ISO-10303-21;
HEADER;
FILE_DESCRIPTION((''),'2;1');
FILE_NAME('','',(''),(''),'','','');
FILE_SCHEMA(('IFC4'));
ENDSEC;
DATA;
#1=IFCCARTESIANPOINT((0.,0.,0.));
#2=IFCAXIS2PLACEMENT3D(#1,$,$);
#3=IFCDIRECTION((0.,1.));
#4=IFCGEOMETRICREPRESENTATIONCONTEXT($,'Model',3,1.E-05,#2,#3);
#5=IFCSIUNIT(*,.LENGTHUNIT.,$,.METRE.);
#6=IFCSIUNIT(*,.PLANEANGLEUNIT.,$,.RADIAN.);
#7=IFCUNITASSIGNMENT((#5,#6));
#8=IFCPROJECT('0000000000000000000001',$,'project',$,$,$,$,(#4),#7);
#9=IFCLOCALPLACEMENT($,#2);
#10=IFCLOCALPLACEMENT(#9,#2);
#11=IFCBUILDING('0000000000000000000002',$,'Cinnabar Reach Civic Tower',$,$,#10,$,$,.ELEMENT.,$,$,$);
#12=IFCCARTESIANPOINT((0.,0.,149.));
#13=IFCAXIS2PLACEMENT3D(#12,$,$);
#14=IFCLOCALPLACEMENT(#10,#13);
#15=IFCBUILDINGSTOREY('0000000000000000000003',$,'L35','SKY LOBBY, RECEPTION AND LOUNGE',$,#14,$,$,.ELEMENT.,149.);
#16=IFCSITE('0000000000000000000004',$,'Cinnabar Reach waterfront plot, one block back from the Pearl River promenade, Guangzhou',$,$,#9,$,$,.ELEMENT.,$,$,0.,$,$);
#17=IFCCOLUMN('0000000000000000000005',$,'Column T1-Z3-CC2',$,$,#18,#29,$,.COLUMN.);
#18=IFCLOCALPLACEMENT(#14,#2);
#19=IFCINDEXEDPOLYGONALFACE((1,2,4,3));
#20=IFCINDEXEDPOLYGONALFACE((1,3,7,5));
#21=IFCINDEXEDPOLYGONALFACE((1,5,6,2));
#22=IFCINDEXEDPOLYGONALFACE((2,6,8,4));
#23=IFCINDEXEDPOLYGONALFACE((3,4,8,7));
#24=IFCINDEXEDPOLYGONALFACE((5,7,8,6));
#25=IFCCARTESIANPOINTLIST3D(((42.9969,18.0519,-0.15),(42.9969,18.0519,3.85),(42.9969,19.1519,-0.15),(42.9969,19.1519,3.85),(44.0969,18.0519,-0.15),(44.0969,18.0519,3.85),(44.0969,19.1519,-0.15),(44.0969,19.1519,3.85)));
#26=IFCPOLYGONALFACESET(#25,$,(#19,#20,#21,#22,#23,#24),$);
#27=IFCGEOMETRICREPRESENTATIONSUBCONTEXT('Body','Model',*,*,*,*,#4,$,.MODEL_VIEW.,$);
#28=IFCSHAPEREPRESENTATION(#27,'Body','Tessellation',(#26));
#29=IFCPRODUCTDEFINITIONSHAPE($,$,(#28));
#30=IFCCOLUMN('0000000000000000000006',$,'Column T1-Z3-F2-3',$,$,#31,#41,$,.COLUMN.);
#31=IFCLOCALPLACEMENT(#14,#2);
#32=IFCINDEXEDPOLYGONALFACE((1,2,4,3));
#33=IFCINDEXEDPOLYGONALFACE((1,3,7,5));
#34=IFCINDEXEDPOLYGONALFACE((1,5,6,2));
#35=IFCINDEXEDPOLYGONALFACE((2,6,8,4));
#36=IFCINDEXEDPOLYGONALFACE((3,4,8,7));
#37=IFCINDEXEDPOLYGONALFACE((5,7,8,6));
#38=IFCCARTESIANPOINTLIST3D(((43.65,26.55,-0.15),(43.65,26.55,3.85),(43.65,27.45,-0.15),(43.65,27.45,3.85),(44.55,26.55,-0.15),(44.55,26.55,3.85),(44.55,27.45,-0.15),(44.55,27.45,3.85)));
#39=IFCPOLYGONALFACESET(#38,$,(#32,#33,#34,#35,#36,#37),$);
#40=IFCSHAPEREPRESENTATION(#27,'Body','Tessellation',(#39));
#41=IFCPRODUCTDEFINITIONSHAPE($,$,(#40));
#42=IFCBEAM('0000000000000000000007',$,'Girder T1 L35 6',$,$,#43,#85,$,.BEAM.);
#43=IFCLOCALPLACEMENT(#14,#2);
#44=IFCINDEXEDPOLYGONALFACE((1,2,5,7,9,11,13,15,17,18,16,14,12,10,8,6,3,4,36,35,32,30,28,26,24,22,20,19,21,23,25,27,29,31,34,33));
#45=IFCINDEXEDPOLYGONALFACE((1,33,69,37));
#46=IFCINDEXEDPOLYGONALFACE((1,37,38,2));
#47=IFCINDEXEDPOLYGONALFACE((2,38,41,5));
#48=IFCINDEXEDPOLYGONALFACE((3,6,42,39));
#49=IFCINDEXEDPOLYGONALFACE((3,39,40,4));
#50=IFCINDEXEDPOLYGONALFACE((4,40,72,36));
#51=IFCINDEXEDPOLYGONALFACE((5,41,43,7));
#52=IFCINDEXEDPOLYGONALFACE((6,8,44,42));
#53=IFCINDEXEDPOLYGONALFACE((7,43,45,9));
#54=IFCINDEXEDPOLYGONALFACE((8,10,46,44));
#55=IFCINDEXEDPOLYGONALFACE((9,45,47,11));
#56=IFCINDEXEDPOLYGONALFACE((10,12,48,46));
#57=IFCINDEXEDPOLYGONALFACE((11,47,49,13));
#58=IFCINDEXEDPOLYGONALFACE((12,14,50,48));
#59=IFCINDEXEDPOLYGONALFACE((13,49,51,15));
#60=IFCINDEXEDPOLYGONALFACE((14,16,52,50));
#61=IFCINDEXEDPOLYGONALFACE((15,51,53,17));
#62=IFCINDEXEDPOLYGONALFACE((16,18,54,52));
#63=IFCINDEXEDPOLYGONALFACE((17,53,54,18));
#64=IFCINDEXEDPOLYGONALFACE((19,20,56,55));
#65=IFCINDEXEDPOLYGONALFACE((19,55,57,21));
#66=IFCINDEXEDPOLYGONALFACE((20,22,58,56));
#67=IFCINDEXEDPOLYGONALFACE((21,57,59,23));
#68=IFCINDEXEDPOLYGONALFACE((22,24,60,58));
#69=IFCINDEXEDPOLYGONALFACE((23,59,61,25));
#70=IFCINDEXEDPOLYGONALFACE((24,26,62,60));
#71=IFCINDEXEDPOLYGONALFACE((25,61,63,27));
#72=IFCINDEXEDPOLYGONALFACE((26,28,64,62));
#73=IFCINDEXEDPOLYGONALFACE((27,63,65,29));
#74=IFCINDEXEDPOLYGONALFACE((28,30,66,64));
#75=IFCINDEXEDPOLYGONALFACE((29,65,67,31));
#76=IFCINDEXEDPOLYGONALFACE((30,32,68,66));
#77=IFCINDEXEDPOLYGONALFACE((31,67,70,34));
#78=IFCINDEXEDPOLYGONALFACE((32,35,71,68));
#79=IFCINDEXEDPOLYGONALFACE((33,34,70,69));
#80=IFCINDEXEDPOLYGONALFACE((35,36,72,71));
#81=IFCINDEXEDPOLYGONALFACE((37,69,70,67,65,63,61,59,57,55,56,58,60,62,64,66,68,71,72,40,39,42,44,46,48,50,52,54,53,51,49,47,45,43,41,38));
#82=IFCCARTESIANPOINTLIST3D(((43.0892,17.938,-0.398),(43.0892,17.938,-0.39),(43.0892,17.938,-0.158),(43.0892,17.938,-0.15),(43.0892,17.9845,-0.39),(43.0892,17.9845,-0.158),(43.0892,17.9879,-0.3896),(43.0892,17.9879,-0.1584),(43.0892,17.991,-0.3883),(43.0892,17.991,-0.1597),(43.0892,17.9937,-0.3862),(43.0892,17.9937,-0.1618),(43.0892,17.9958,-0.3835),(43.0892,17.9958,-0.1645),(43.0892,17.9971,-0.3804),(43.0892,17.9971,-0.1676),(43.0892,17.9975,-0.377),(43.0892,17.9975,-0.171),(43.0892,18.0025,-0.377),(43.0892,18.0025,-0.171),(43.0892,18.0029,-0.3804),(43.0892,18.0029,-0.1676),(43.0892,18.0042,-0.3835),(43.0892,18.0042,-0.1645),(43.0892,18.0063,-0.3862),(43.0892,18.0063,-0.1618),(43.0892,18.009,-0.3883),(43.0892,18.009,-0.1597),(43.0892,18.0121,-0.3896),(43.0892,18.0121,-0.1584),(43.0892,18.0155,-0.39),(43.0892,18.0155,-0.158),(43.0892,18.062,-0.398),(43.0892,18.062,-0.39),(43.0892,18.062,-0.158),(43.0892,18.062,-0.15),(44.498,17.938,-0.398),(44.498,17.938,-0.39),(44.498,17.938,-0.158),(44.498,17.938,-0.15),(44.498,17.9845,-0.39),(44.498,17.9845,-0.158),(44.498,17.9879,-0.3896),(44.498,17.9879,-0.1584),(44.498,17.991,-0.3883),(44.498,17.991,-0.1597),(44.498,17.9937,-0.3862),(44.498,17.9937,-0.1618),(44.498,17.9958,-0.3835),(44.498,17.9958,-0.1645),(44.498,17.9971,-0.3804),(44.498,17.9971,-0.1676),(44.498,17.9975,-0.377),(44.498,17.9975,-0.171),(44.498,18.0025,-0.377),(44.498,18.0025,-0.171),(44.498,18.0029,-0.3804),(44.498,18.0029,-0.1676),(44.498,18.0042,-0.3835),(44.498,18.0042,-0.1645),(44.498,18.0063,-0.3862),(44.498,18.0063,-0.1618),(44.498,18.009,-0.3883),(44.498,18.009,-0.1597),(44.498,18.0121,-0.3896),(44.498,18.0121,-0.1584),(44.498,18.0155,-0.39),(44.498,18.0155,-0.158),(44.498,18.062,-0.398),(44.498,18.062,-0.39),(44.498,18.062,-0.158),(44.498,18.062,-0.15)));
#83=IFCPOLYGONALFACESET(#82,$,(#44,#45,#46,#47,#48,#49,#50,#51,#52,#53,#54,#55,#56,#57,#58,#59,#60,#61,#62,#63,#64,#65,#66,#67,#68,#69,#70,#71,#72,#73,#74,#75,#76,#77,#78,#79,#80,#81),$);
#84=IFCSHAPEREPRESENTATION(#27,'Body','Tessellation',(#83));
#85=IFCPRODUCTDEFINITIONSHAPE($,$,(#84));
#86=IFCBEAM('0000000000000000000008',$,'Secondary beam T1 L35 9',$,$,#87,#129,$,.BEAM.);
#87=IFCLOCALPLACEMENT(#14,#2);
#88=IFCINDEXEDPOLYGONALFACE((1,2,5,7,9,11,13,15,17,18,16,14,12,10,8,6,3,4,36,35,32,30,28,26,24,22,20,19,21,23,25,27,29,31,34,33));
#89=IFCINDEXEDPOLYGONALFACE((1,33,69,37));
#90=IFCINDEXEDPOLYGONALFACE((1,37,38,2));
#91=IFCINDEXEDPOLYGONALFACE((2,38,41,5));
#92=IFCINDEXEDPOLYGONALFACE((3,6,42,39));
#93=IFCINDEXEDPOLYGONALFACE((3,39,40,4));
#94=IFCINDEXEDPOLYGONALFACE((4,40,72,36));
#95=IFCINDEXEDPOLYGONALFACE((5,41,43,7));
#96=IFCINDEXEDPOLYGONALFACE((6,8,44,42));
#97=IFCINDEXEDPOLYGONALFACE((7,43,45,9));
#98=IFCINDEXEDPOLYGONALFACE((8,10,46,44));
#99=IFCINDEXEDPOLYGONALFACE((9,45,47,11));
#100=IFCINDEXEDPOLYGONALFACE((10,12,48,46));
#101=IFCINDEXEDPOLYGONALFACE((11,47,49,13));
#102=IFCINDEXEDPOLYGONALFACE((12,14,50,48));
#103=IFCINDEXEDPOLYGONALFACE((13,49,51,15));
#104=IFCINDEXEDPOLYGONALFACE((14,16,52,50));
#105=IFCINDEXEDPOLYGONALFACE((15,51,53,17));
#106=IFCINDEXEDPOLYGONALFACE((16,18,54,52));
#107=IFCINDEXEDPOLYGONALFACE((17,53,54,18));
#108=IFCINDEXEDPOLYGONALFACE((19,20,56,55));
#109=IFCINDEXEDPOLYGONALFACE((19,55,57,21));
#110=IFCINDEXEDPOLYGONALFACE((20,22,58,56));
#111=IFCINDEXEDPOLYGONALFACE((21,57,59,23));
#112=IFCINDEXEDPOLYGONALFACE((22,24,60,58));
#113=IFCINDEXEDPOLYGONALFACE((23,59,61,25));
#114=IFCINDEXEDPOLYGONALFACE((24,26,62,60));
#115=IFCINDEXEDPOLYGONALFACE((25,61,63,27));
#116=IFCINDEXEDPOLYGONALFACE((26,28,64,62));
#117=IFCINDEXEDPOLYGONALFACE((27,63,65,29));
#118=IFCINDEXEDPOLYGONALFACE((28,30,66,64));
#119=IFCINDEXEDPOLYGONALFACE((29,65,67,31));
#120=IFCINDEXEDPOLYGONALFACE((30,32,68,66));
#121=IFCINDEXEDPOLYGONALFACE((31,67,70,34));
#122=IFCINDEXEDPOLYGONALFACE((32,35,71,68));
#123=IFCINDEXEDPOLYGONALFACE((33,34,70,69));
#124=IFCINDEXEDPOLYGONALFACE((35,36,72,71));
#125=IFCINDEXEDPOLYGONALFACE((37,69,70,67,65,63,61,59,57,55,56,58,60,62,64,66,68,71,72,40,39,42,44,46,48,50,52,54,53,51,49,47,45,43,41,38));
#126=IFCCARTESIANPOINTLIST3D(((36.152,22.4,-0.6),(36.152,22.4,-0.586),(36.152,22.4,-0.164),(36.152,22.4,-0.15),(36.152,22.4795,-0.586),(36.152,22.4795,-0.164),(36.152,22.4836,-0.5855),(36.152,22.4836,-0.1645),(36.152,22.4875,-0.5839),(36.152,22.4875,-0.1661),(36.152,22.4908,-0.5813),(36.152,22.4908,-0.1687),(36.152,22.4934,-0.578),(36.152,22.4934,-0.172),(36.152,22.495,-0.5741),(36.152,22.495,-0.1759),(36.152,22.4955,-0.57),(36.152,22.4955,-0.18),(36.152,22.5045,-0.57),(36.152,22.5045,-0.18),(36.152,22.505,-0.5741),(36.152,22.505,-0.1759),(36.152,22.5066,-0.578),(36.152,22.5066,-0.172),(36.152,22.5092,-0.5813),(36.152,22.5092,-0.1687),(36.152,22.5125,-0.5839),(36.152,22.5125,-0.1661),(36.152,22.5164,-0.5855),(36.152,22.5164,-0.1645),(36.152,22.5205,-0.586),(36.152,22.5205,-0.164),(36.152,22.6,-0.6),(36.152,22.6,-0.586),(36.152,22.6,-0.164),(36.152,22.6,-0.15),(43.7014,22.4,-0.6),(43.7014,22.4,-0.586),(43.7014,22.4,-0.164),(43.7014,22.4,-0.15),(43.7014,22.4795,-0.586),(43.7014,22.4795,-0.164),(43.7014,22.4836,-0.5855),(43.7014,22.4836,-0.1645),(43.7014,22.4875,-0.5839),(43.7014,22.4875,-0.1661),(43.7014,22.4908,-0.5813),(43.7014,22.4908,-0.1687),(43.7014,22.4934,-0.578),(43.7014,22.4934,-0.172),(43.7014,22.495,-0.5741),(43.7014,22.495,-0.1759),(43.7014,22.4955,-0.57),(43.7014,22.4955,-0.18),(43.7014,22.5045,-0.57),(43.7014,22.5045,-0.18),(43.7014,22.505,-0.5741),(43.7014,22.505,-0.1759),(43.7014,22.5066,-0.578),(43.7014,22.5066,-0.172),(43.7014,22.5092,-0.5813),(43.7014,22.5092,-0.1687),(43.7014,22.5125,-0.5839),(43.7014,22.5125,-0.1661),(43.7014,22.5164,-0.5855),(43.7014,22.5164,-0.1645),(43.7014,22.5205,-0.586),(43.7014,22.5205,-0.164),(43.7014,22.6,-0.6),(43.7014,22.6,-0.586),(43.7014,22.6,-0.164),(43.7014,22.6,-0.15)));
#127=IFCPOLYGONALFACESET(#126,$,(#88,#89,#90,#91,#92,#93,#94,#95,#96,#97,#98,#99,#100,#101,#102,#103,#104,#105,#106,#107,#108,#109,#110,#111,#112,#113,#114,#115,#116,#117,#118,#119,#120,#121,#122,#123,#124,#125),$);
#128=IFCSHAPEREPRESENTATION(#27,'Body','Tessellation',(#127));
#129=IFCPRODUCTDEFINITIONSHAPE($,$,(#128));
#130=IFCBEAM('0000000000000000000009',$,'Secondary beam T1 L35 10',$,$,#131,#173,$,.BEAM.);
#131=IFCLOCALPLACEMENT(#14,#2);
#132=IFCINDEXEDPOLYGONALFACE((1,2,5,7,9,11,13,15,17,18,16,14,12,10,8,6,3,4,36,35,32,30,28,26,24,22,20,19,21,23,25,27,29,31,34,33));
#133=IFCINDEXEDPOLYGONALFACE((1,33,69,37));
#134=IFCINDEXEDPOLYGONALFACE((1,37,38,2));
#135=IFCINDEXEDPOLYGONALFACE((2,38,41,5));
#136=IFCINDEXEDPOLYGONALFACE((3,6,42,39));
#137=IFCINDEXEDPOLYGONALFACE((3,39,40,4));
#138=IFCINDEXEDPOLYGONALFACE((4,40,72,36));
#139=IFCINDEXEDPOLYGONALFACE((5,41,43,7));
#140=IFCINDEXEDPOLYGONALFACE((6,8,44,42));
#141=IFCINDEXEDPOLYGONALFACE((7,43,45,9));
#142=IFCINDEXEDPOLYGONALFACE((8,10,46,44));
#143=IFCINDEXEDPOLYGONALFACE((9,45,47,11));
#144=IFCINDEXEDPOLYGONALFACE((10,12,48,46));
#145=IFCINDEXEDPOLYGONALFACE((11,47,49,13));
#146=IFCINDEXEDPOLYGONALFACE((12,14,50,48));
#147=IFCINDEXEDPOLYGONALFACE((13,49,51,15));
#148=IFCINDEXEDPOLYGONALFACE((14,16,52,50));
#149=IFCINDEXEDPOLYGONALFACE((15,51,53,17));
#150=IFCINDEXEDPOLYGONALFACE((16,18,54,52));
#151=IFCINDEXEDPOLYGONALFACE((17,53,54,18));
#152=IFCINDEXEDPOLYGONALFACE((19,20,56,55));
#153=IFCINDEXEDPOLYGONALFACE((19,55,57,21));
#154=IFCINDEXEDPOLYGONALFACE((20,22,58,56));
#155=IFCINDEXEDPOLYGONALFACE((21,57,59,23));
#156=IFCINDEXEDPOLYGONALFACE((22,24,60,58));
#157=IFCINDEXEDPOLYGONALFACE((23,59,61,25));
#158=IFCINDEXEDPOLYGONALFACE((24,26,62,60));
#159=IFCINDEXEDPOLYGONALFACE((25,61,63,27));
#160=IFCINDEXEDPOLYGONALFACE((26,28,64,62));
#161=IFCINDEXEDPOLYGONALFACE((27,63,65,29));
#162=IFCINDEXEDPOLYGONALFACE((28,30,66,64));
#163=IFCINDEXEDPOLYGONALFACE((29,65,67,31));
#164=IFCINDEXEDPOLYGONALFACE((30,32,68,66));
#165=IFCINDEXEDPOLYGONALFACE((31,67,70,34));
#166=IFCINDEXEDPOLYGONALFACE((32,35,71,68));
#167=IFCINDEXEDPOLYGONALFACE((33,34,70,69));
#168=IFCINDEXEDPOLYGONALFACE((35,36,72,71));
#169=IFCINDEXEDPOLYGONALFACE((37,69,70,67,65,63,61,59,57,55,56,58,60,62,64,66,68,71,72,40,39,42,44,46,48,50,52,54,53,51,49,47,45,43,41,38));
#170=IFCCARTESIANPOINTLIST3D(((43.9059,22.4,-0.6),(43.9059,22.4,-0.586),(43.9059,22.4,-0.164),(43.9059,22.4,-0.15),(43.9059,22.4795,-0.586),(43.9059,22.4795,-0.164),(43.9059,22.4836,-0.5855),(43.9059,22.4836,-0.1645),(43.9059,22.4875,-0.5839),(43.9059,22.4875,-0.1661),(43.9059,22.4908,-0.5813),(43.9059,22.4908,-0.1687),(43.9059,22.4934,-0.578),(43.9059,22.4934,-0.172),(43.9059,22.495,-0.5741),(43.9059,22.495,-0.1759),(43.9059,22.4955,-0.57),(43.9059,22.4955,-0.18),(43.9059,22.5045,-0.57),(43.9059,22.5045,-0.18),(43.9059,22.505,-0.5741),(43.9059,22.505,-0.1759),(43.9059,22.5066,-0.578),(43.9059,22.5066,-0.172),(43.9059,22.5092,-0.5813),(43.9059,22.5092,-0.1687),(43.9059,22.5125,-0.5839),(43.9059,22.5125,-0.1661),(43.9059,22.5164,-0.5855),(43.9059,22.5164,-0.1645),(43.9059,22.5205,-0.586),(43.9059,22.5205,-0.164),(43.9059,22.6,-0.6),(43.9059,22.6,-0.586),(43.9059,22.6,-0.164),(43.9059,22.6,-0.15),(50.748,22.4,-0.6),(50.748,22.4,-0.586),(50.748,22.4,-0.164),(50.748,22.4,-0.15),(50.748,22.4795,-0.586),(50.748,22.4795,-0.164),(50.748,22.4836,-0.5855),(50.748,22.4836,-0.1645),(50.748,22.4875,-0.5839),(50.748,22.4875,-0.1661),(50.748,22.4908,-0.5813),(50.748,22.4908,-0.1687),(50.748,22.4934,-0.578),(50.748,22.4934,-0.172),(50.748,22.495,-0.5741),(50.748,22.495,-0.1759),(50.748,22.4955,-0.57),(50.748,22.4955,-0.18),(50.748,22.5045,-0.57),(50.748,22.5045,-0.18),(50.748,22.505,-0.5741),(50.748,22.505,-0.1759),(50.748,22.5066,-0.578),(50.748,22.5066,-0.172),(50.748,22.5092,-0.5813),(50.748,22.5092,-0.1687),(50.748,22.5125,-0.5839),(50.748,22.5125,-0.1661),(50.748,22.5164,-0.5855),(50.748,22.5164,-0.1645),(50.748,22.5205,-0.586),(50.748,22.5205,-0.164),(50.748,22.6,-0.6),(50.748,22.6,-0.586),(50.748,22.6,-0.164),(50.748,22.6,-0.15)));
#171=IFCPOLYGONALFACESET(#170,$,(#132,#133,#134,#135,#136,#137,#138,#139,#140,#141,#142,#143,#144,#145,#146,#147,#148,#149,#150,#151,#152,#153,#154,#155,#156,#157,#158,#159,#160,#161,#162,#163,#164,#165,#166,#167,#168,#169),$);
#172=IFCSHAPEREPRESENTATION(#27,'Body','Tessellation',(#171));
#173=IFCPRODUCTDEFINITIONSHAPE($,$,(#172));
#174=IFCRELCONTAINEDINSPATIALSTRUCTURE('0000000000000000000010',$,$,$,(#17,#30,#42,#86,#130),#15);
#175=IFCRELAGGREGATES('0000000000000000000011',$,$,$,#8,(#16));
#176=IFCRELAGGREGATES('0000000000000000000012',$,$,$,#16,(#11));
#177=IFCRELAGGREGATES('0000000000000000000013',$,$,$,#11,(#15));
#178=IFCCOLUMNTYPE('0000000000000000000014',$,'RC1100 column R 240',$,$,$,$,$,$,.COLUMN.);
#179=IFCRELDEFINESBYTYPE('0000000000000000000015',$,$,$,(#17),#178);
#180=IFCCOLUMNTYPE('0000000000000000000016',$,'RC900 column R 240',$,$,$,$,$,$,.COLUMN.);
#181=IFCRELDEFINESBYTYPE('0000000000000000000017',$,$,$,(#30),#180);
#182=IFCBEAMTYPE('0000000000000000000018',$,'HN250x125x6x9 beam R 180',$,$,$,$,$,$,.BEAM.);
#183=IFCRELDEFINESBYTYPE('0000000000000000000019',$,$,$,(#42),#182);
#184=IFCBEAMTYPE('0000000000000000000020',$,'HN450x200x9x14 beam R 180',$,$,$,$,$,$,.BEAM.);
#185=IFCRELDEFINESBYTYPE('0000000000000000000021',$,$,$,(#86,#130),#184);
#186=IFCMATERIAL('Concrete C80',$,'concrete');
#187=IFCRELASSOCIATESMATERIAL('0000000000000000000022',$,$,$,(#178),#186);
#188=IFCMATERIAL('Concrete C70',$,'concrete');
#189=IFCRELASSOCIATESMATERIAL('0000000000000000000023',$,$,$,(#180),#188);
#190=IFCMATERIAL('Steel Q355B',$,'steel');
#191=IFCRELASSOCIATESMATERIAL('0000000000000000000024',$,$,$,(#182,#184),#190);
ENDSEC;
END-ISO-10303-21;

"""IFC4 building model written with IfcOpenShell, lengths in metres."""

from ifc_helpers import new_model, si_unit, direction, frame, origin, origin_2d, place, context, subcontext, project, spatial, rectangle, i_section, extrude, material, material_profile, profile_set, type_object, element, save


model = new_model("IFC4")

# Units and contexts
model_context = context("Model", 3, precision=1e-05, world=origin(), true_north=direction((0.0, 1.0)))
body_context = subcontext(model_context, "Body", "Model", "MODEL_VIEW")
ifc_project = project(units=[si_unit("LENGTHUNIT", "METRE"), si_unit("PLANEANGLEUNIT", "RADIAN")], contexts=[model_context])

# Site, building, storey
site_placement = place(None, origin())
site = spatial("IfcSite", under=ifc_project, at=site_placement, Name="Cinnabar Reach waterfront plot, one block back from the Pearl River promenade, Guangzhou", CompositionType="ELEMENT", RefElevation=0.0)
building_placement = place(site_placement, origin())
building = spatial("IfcBuilding", under=site, at=building_placement, Name="Cinnabar Reach Civic Tower", CompositionType="ELEMENT")
storey_placement = place(building_placement, frame((0.0, 0.0, 149.0)))
storey = spatial("IfcBuildingStorey", under=building, at=storey_placement, Name="L35", Description="SKY LOBBY, RECEPTION AND LOUNGE", CompositionType="ELEMENT", Elevation=149.0)

# Columns
ifc_material_1 = material(Name="Concrete C80", Category="concrete")
ifc_material_profile_1 = material_profile(ifc_material_1, rectangle(XDim=1.1, YDim=1.1, at=origin_2d()), Name="RC1100")
ifc_profile_set_1 = profile_set([ifc_material_profile_1], Name="Concrete C80")
column_type_1 = type_object("IfcColumnType", Name="RC1100 column R 240", PredefinedType="COLUMN", material=ifc_profile_set_1)
column_1_placement = place(storey_placement, frame((43.5469, 18.6019, -0.15), z_axis=(0.0, 0.0, 1.0), x_axis=(1.0, 0.0, 0.0)))
element("IfcColumn", 1, at=column_1_placement, inside=storey, type_object=column_type_1, Name="Column T1-Z3-CC2", PredefinedType="COLUMN", context=body_context, shape_type="SweptSolid", body=[
    extrude(rectangle(XDim=1.1, YDim=1.1, at=origin_2d()), origin(), (0.0, 0.0, 1.0), 4.0),
])
ifc_material_2 = material(Name="Concrete C70", Category="concrete")
ifc_material_profile_2 = material_profile(ifc_material_2, rectangle(XDim=0.9, YDim=0.9, at=origin_2d()), Name="RC900")
ifc_profile_set_2 = profile_set([ifc_material_profile_2], Name="Concrete C70")
column_type_2 = type_object("IfcColumnType", Name="RC900 column R 240", PredefinedType="COLUMN", material=ifc_profile_set_2)
column_2_placement = place(storey_placement, frame((44.1, 27.0, -0.15), z_axis=(0.0, 0.0, 1.0), x_axis=(1.0, 0.0, 0.0)))
element("IfcColumn", 2, at=column_2_placement, inside=storey, type_object=column_type_2, Name="Column T1-Z3-F2-3", PredefinedType="COLUMN", context=body_context, shape_type="SweptSolid", body=[
    extrude(rectangle(XDim=0.9, YDim=0.9, at=origin_2d()), origin(), (0.0, 0.0, 1.0), 4.0),
])

# Beams
ifc_material_3 = material(Name="Steel Q355B", Category="steel")
ifc_material_profile_3 = material_profile(ifc_material_3, i_section(OverallWidth=0.124, OverallDepth=0.248, WebThickness=0.005, FlangeThickness=0.008, FilletRadius=0.013, at=origin_2d()), Name="HN250x125x6x9")
ifc_profile_set_3 = profile_set([ifc_material_profile_3], Name="Steel Q355B")
beam_type_1 = type_object("IfcBeamType", Name="HN250x125x6x9 beam R 180", PredefinedType="BEAM", material=ifc_profile_set_3)
beam_1_placement = place(storey_placement, frame((43.0892, 18.0, -0.274), z_axis=(1.0, 0.0, 0.0), x_axis=(0.0, 1.0, 0.0)))
element("IfcBeam", 3, at=beam_1_placement, inside=storey, type_object=beam_type_1, Name="Girder T1 L35 6", PredefinedType="BEAM", context=body_context, shape_type="SweptSolid", body=[
    extrude(i_section(OverallWidth=0.124, OverallDepth=0.248, WebThickness=0.005, FlangeThickness=0.008, FilletRadius=0.013, at=origin_2d()), origin(), (0.0, 0.0, 1.0), 1.4088),
])
ifc_material_profile_4 = material_profile(ifc_material_3, i_section(OverallWidth=0.2, OverallDepth=0.45, WebThickness=0.009, FlangeThickness=0.014, FilletRadius=0.016, at=origin_2d()), Name="HN450x200x9x14")
ifc_profile_set_4 = profile_set([ifc_material_profile_4], Name="Steel Q355B")
beam_type_2 = type_object("IfcBeamType", Name="HN450x200x9x14 beam R 180", PredefinedType="BEAM", material=ifc_profile_set_4)
beam_2_placement = place(storey_placement, frame((36.152, 22.5, -0.375), z_axis=(1.0, 0.0, 0.0), x_axis=(0.0, 1.0, 0.0)))
element("IfcBeam", 4, at=beam_2_placement, inside=storey, type_object=beam_type_2, Name="Secondary beam T1 L35 9", PredefinedType="BEAM", context=body_context, shape_type="SweptSolid", body=[
    extrude(i_section(OverallWidth=0.2, OverallDepth=0.45, WebThickness=0.009, FlangeThickness=0.014, FilletRadius=0.016, at=origin_2d()), origin(), (0.0, 0.0, 1.0), 7.5494),
])
beam_3_placement = place(storey_placement, frame((43.9059, 22.5, -0.375), z_axis=(1.0, 0.0, 0.0), x_axis=(0.0, 1.0, 0.0)))
element("IfcBeam", 5, at=beam_3_placement, inside=storey, type_object=beam_type_2, Name="Secondary beam T1 L35 10", PredefinedType="BEAM", context=body_context, shape_type="SweptSolid", body=[
    extrude(i_section(OverallWidth=0.2, OverallDepth=0.45, WebThickness=0.009, FlangeThickness=0.014, FilletRadius=0.016, at=origin_2d()), origin(), (0.0, 0.0, 1.0), 6.8421),
])

save(model, "model.ifc")
